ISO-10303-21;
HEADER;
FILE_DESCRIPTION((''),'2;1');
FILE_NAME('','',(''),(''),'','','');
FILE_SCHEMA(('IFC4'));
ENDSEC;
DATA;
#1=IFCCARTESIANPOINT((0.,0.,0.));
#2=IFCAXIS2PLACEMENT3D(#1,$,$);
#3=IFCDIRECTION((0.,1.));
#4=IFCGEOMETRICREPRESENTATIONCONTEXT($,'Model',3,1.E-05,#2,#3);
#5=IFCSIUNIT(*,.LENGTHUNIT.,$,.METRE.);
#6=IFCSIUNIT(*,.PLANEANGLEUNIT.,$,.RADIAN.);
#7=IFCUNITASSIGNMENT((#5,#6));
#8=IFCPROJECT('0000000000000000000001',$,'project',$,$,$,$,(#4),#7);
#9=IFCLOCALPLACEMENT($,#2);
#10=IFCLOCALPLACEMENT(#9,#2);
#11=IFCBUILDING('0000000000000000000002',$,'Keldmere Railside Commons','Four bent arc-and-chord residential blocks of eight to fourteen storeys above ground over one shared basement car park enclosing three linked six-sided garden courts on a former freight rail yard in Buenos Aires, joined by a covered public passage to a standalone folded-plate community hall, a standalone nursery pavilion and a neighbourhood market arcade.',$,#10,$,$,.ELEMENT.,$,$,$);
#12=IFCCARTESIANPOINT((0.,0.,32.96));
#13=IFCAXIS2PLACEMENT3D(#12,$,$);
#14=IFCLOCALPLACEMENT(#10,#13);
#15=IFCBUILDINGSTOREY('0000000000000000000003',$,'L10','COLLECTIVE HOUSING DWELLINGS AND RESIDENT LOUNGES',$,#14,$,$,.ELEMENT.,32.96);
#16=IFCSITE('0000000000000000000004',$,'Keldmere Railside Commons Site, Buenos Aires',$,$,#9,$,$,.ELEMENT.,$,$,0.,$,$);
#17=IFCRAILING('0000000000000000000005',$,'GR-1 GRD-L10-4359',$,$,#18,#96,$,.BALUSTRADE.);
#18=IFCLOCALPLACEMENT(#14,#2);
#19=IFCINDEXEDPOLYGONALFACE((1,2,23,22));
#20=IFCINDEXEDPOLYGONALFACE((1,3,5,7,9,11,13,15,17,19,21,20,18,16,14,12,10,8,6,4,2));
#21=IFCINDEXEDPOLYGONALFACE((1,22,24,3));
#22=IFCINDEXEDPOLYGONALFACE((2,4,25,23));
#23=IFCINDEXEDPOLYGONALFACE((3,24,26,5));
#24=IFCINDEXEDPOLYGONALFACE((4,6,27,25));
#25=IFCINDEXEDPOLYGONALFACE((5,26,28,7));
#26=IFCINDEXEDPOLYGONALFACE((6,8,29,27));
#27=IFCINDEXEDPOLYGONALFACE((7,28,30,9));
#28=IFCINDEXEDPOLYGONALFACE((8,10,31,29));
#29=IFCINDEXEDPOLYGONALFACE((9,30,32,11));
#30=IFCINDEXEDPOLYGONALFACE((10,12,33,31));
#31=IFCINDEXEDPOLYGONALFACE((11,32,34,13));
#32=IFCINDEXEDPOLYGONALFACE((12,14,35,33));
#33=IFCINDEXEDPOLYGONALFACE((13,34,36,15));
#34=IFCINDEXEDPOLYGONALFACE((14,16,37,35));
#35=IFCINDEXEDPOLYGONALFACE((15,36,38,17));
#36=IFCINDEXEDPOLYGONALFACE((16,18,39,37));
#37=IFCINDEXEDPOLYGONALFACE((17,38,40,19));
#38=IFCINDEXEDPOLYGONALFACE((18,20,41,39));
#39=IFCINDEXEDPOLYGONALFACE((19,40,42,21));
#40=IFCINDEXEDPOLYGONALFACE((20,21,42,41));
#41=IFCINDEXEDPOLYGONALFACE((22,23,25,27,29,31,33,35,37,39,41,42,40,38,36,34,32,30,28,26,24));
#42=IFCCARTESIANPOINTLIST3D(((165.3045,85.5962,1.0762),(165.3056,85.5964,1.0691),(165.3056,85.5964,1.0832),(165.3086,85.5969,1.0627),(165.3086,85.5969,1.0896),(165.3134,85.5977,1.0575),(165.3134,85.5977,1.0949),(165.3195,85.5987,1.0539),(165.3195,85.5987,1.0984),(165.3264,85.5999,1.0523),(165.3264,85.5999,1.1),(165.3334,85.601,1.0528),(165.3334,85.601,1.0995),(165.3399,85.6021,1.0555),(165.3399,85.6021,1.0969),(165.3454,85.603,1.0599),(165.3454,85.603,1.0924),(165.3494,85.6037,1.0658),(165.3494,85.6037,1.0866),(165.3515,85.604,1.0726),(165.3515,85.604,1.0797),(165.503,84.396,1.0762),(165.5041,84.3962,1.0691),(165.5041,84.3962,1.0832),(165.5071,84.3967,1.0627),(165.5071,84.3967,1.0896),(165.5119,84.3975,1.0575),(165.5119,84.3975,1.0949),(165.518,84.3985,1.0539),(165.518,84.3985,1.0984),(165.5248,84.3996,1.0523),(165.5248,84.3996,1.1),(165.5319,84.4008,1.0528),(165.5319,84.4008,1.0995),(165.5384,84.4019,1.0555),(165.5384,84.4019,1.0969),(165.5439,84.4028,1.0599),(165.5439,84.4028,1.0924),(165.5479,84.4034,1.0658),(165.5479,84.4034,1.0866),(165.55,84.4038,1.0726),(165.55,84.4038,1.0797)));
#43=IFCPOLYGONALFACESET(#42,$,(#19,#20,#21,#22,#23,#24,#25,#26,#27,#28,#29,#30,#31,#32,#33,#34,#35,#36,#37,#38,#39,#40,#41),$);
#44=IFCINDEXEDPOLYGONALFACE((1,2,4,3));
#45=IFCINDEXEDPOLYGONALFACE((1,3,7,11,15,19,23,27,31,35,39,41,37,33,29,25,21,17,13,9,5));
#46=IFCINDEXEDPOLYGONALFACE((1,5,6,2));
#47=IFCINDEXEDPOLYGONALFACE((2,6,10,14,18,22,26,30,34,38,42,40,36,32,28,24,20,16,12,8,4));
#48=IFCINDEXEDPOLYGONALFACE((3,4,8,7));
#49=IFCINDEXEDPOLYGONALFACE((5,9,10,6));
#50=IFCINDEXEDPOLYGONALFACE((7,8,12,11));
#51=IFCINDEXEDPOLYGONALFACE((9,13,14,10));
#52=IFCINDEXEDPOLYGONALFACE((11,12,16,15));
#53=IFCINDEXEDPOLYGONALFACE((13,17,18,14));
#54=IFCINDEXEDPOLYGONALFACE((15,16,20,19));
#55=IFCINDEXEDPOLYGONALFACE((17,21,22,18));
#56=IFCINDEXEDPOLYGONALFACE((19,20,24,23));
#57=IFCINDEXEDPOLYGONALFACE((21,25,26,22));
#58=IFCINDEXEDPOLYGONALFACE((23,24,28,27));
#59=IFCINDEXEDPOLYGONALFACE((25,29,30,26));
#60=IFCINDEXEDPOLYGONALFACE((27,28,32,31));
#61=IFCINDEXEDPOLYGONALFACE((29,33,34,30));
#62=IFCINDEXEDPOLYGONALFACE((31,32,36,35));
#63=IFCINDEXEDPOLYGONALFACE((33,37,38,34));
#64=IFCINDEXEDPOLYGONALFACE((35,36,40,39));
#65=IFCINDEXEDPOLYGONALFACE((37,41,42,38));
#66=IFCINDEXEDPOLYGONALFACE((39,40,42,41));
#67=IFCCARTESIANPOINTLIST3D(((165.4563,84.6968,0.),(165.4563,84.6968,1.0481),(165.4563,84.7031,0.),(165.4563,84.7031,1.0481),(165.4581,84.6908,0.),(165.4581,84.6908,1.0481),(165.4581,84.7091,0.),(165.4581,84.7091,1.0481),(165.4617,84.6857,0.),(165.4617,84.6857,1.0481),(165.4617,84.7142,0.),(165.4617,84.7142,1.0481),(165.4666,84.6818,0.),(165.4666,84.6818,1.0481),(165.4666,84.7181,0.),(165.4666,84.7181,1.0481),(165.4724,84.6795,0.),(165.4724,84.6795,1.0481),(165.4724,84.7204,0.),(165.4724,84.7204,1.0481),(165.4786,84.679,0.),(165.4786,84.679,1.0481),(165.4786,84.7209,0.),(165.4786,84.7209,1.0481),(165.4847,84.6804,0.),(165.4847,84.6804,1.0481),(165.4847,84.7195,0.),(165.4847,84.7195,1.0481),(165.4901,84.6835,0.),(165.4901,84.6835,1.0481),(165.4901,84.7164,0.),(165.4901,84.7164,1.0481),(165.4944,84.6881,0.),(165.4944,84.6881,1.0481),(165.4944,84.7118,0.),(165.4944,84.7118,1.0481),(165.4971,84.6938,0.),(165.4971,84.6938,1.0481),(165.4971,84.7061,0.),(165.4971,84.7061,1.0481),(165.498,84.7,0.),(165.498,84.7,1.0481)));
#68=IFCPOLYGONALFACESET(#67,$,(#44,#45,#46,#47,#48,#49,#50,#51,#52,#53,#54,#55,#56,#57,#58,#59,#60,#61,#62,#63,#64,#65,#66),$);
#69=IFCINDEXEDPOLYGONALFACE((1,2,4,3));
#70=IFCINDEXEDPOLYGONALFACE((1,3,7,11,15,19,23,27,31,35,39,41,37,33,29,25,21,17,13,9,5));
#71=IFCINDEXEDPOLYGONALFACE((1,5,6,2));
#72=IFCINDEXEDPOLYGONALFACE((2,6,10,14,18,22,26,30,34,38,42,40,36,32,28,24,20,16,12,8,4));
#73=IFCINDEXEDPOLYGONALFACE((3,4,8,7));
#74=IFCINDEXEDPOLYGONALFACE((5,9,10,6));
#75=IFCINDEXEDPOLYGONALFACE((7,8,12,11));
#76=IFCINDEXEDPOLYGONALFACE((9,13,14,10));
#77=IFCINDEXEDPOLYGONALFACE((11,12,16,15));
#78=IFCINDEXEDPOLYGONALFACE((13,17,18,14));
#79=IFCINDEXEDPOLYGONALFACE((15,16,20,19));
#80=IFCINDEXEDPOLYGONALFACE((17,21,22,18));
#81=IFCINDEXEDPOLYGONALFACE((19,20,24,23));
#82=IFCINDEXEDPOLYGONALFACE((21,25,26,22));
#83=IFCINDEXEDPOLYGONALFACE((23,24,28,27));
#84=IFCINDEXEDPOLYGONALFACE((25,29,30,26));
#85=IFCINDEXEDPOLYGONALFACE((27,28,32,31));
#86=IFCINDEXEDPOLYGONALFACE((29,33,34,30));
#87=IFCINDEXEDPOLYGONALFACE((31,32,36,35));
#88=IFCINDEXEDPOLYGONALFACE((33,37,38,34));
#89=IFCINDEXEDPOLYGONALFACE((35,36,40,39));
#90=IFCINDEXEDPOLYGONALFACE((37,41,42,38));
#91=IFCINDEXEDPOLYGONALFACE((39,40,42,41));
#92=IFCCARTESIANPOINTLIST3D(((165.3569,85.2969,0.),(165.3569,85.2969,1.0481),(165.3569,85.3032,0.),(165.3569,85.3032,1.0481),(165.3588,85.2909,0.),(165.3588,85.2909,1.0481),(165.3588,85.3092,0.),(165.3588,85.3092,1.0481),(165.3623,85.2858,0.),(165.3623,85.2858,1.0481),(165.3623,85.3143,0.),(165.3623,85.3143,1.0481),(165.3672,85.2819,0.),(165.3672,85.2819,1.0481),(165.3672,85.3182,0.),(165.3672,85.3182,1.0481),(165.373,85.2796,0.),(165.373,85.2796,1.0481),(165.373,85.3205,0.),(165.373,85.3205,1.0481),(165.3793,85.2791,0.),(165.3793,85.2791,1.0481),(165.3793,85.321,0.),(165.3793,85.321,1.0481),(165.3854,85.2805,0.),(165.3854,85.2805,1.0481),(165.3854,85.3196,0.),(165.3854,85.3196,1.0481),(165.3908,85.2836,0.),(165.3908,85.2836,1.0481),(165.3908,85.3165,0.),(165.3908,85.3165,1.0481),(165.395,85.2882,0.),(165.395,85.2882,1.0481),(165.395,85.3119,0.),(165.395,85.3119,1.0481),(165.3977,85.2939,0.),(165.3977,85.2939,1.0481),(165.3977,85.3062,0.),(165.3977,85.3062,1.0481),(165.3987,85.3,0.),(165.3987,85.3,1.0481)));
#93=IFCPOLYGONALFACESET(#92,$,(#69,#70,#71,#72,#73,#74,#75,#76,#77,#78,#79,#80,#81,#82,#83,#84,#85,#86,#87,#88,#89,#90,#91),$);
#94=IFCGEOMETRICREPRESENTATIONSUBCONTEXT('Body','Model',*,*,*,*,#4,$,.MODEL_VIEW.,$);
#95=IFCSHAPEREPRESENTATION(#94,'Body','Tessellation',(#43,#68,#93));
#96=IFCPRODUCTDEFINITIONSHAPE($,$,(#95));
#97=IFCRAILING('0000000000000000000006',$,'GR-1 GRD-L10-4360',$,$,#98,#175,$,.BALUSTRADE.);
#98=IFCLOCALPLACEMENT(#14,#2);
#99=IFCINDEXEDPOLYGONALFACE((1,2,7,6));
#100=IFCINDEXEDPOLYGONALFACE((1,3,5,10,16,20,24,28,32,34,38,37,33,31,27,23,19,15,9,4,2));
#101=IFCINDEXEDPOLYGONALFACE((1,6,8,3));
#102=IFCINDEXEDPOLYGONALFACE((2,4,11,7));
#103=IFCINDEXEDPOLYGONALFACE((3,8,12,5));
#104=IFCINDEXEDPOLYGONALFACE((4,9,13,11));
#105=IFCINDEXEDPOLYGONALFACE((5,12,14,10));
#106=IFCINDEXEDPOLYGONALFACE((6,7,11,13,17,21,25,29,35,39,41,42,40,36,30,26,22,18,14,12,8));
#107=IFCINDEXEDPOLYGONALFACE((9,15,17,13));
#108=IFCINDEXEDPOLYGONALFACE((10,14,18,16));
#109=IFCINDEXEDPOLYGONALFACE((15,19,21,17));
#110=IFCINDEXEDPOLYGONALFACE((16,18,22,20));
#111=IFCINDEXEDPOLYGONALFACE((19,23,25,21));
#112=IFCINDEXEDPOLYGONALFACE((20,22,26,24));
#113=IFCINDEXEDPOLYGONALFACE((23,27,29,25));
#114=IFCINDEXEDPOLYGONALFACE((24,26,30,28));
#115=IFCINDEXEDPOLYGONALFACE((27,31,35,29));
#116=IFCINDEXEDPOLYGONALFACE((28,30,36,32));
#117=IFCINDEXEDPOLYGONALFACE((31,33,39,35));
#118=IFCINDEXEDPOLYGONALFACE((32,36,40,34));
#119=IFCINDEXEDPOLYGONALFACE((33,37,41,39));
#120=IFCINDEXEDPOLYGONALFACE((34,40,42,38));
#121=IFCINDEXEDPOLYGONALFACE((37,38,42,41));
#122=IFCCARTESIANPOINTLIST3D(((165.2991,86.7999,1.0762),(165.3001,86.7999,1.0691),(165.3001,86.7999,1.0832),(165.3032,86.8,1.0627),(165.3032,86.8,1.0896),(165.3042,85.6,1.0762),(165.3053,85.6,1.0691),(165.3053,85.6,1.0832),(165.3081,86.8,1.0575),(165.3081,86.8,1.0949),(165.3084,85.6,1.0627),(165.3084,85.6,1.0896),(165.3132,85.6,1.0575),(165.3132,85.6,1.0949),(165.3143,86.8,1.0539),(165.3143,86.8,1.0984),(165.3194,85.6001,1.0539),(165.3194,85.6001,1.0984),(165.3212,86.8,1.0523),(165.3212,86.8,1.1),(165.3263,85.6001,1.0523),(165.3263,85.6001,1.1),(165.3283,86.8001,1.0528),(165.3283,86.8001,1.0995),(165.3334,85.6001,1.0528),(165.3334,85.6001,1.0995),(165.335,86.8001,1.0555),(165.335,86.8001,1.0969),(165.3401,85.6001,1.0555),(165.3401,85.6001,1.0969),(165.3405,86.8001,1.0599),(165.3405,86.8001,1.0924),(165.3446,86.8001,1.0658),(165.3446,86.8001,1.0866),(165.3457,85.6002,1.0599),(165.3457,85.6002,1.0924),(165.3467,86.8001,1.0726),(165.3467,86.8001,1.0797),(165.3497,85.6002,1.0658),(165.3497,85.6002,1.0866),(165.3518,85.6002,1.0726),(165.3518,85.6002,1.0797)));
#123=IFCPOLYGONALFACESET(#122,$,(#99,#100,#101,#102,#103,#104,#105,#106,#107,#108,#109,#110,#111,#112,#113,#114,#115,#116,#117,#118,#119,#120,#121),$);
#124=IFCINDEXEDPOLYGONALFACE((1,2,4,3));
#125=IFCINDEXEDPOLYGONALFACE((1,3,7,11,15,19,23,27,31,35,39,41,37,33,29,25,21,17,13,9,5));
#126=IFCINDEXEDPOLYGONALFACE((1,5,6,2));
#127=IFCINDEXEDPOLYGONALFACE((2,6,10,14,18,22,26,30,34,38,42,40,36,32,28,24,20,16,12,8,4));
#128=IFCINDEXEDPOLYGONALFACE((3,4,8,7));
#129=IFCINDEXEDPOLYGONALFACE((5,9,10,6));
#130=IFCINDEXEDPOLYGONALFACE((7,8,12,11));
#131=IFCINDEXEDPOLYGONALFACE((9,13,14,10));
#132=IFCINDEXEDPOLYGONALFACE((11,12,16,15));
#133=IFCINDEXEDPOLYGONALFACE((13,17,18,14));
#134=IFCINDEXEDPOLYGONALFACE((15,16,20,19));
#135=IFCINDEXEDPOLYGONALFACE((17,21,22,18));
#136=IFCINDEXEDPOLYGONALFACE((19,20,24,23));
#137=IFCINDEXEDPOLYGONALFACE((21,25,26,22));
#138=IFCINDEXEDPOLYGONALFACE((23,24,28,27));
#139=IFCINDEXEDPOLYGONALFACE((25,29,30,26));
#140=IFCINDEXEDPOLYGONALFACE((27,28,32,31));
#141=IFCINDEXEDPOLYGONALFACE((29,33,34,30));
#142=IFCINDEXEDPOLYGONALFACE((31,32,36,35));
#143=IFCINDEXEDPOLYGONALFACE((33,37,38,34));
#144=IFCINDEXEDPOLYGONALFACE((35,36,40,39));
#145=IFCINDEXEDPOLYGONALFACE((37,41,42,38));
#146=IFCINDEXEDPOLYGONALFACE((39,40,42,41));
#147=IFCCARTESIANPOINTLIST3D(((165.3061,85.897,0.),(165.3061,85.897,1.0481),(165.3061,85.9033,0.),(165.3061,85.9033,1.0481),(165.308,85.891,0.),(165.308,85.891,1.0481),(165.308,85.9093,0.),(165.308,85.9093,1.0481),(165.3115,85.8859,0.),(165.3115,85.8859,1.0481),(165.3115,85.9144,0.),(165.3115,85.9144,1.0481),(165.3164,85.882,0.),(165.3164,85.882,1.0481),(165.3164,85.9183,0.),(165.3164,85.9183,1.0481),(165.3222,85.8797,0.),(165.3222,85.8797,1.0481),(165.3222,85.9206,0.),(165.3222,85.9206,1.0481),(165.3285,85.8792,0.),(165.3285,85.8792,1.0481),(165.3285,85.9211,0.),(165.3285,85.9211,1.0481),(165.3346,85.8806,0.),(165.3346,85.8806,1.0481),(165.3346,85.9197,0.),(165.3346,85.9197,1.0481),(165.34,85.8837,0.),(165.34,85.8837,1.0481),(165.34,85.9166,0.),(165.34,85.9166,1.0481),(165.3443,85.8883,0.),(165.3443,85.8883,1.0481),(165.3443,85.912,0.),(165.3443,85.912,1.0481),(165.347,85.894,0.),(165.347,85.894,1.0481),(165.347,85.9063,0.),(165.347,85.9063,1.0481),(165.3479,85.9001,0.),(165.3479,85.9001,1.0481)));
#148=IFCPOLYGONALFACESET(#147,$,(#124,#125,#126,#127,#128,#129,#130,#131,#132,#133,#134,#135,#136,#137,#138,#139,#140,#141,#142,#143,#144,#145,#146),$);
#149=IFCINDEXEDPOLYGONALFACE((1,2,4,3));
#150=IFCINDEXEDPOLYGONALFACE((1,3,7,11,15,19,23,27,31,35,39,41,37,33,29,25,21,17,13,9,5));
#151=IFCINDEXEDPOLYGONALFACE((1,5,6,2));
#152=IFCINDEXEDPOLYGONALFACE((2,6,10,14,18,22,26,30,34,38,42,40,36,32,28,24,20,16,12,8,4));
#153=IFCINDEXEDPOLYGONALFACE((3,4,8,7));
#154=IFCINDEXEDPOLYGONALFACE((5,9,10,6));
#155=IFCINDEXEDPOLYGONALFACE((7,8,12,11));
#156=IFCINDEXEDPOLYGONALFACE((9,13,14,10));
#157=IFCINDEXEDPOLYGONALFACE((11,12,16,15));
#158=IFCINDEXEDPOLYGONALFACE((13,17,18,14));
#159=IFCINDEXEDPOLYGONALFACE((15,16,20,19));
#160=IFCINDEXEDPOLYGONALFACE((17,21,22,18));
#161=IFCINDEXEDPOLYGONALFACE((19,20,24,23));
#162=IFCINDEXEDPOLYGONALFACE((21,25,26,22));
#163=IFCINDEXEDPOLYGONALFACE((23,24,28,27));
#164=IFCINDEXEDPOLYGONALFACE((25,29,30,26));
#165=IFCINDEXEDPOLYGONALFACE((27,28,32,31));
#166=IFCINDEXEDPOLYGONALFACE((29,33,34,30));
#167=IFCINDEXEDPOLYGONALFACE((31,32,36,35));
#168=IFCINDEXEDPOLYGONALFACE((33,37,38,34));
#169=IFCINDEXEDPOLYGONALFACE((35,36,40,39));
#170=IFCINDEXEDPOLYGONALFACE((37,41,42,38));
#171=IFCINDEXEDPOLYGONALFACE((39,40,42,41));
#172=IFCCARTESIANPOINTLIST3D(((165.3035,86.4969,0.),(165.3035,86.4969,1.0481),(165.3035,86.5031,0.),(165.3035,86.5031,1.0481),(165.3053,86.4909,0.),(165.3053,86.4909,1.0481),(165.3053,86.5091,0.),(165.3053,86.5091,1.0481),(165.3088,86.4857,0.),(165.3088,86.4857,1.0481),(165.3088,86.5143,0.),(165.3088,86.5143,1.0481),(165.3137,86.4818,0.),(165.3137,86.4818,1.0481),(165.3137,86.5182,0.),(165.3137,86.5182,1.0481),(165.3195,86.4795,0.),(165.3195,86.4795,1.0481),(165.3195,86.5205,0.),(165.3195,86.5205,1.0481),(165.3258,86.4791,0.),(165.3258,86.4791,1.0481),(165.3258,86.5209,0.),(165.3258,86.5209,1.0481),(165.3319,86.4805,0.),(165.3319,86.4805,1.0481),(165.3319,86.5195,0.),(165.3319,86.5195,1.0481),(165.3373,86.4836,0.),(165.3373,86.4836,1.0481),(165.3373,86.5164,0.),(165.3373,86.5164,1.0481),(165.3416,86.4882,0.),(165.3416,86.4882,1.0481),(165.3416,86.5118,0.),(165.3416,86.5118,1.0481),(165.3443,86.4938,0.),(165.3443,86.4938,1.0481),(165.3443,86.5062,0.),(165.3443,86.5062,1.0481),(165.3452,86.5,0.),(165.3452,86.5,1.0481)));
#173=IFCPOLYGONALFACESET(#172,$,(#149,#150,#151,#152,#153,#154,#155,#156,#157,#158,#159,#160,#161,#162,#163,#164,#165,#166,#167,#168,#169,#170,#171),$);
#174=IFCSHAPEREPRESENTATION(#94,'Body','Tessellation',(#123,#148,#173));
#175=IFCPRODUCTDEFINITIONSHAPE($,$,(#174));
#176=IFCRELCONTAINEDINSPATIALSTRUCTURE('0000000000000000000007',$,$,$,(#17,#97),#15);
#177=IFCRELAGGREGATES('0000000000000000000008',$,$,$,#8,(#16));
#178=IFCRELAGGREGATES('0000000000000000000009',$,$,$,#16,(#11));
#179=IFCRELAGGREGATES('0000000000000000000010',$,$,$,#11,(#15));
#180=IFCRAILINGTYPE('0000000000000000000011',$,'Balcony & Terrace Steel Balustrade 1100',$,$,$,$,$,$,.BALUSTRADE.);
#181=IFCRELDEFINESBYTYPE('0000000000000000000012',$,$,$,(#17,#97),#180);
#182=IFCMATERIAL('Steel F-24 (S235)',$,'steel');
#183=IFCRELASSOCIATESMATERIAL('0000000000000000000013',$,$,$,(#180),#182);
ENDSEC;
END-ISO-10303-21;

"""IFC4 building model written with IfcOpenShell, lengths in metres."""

from ifc_helpers import new_model, si_unit, direction, frame, origin, origin_2d, place, context, subcontext, project, spatial, circle, extrude, material, type_object, element, save


model = new_model("IFC4")

# Units and contexts
model_context = context("Model", 3, precision=1e-05, world=origin(), true_north=direction((0.0, 1.0)))
body_context = subcontext(model_context, "Body", "Model", "MODEL_VIEW")
ifc_project = project(units=[si_unit("LENGTHUNIT", "METRE"), si_unit("PLANEANGLEUNIT", "RADIAN")], contexts=[model_context])

# Site, building, storey
site_placement = place(None, origin())
site = spatial("IfcSite", under=ifc_project, at=site_placement, Name="Keldmere Railside Commons Site, Buenos Aires", CompositionType="ELEMENT", RefElevation=0.0)
building_placement = place(site_placement, origin())
building = spatial("IfcBuilding", under=site, at=building_placement, Name="Keldmere Railside Commons", Description="Four bent arc-and-chord residential blocks of eight to fourteen storeys above ground over one shared basement car park enclosing three linked six-sided garden courts on a former freight rail yard in Buenos Aires, joined by a covered public passage to a standalone folded-plate community hall, a standalone nursery pavilion and a neighbourhood market arcade.", CompositionType="ELEMENT")
storey_placement = place(building_placement, frame((0.0, 0.0, 32.96)))
storey = spatial("IfcBuildingStorey", under=building, at=storey_placement, Name="L10", Description="COLLECTIVE HOUSING DWELLINGS AND RESIDENT LOUNGES", CompositionType="ELEMENT", Elevation=32.96)

# Railings
ifc_material_1 = material(Name="Steel F-24 (S235)", Category="steel")
railing_type = type_object("IfcRailingType", Name="Balcony & Terrace Steel Balustrade 1100", PredefinedType="BALUSTRADE", material=ifc_material_1)
railing_1_placement = place(storey_placement, frame((165.5266, 84.3999, 0.0)))
element("IfcRailing", 1, at=railing_1_placement, inside=storey, type_object=railing_type, Name="GR-1 GRD-L10-4359", PredefinedType="BALUSTRADE", context=body_context, shape_type="SweptSolid", body=[
    extrude(circle(Radius=0.0239, at=origin_2d()), frame((0.0, 0.0, 1.0762), z_axis=(-0.163162, 0.986599, 0.0), x_axis=(-0.986599, -0.163162, 0.0)), (0.0, 0.0, 1.0), 1.2166),
    extrude(circle(Radius=0.021, at=origin_2d()), frame((-0.0496, 0.3, 0.0)), (0.0, 0.0, 1.0), 1.0481),
    extrude(circle(Radius=0.021, at=origin_2d()), frame((-0.1489, 0.9001, 0.0)), (0.0, 0.0, 1.0), 1.0481),
])
railing_2_placement = place(storey_placement, frame((165.3281, 85.6001, 0.0)))
element("IfcRailing", 2, at=railing_2_placement, inside=storey, type_object=railing_type, Name="GR-1 GRD-L10-4360", PredefinedType="BALUSTRADE", context=body_context, shape_type="SweptSolid", body=[
    extrude(circle(Radius=0.0239, at=origin_2d()), frame((0.0, 0.0, 1.0762), z_axis=(-0.004273, 0.999991, 0.0), x_axis=(-0.999991, -0.004273, 0.0)), (0.0, 0.0, 1.0), 1.2),
    extrude(circle(Radius=0.021, at=origin_2d()), frame((-0.0012, 0.3, 0.0)), (0.0, 0.0, 1.0), 1.0481),
    extrude(circle(Radius=0.021, at=origin_2d()), frame((-0.0039, 0.8999, 0.0)), (0.0, 0.0, 1.0), 1.0481),
])

save(model, "model.ifc")
